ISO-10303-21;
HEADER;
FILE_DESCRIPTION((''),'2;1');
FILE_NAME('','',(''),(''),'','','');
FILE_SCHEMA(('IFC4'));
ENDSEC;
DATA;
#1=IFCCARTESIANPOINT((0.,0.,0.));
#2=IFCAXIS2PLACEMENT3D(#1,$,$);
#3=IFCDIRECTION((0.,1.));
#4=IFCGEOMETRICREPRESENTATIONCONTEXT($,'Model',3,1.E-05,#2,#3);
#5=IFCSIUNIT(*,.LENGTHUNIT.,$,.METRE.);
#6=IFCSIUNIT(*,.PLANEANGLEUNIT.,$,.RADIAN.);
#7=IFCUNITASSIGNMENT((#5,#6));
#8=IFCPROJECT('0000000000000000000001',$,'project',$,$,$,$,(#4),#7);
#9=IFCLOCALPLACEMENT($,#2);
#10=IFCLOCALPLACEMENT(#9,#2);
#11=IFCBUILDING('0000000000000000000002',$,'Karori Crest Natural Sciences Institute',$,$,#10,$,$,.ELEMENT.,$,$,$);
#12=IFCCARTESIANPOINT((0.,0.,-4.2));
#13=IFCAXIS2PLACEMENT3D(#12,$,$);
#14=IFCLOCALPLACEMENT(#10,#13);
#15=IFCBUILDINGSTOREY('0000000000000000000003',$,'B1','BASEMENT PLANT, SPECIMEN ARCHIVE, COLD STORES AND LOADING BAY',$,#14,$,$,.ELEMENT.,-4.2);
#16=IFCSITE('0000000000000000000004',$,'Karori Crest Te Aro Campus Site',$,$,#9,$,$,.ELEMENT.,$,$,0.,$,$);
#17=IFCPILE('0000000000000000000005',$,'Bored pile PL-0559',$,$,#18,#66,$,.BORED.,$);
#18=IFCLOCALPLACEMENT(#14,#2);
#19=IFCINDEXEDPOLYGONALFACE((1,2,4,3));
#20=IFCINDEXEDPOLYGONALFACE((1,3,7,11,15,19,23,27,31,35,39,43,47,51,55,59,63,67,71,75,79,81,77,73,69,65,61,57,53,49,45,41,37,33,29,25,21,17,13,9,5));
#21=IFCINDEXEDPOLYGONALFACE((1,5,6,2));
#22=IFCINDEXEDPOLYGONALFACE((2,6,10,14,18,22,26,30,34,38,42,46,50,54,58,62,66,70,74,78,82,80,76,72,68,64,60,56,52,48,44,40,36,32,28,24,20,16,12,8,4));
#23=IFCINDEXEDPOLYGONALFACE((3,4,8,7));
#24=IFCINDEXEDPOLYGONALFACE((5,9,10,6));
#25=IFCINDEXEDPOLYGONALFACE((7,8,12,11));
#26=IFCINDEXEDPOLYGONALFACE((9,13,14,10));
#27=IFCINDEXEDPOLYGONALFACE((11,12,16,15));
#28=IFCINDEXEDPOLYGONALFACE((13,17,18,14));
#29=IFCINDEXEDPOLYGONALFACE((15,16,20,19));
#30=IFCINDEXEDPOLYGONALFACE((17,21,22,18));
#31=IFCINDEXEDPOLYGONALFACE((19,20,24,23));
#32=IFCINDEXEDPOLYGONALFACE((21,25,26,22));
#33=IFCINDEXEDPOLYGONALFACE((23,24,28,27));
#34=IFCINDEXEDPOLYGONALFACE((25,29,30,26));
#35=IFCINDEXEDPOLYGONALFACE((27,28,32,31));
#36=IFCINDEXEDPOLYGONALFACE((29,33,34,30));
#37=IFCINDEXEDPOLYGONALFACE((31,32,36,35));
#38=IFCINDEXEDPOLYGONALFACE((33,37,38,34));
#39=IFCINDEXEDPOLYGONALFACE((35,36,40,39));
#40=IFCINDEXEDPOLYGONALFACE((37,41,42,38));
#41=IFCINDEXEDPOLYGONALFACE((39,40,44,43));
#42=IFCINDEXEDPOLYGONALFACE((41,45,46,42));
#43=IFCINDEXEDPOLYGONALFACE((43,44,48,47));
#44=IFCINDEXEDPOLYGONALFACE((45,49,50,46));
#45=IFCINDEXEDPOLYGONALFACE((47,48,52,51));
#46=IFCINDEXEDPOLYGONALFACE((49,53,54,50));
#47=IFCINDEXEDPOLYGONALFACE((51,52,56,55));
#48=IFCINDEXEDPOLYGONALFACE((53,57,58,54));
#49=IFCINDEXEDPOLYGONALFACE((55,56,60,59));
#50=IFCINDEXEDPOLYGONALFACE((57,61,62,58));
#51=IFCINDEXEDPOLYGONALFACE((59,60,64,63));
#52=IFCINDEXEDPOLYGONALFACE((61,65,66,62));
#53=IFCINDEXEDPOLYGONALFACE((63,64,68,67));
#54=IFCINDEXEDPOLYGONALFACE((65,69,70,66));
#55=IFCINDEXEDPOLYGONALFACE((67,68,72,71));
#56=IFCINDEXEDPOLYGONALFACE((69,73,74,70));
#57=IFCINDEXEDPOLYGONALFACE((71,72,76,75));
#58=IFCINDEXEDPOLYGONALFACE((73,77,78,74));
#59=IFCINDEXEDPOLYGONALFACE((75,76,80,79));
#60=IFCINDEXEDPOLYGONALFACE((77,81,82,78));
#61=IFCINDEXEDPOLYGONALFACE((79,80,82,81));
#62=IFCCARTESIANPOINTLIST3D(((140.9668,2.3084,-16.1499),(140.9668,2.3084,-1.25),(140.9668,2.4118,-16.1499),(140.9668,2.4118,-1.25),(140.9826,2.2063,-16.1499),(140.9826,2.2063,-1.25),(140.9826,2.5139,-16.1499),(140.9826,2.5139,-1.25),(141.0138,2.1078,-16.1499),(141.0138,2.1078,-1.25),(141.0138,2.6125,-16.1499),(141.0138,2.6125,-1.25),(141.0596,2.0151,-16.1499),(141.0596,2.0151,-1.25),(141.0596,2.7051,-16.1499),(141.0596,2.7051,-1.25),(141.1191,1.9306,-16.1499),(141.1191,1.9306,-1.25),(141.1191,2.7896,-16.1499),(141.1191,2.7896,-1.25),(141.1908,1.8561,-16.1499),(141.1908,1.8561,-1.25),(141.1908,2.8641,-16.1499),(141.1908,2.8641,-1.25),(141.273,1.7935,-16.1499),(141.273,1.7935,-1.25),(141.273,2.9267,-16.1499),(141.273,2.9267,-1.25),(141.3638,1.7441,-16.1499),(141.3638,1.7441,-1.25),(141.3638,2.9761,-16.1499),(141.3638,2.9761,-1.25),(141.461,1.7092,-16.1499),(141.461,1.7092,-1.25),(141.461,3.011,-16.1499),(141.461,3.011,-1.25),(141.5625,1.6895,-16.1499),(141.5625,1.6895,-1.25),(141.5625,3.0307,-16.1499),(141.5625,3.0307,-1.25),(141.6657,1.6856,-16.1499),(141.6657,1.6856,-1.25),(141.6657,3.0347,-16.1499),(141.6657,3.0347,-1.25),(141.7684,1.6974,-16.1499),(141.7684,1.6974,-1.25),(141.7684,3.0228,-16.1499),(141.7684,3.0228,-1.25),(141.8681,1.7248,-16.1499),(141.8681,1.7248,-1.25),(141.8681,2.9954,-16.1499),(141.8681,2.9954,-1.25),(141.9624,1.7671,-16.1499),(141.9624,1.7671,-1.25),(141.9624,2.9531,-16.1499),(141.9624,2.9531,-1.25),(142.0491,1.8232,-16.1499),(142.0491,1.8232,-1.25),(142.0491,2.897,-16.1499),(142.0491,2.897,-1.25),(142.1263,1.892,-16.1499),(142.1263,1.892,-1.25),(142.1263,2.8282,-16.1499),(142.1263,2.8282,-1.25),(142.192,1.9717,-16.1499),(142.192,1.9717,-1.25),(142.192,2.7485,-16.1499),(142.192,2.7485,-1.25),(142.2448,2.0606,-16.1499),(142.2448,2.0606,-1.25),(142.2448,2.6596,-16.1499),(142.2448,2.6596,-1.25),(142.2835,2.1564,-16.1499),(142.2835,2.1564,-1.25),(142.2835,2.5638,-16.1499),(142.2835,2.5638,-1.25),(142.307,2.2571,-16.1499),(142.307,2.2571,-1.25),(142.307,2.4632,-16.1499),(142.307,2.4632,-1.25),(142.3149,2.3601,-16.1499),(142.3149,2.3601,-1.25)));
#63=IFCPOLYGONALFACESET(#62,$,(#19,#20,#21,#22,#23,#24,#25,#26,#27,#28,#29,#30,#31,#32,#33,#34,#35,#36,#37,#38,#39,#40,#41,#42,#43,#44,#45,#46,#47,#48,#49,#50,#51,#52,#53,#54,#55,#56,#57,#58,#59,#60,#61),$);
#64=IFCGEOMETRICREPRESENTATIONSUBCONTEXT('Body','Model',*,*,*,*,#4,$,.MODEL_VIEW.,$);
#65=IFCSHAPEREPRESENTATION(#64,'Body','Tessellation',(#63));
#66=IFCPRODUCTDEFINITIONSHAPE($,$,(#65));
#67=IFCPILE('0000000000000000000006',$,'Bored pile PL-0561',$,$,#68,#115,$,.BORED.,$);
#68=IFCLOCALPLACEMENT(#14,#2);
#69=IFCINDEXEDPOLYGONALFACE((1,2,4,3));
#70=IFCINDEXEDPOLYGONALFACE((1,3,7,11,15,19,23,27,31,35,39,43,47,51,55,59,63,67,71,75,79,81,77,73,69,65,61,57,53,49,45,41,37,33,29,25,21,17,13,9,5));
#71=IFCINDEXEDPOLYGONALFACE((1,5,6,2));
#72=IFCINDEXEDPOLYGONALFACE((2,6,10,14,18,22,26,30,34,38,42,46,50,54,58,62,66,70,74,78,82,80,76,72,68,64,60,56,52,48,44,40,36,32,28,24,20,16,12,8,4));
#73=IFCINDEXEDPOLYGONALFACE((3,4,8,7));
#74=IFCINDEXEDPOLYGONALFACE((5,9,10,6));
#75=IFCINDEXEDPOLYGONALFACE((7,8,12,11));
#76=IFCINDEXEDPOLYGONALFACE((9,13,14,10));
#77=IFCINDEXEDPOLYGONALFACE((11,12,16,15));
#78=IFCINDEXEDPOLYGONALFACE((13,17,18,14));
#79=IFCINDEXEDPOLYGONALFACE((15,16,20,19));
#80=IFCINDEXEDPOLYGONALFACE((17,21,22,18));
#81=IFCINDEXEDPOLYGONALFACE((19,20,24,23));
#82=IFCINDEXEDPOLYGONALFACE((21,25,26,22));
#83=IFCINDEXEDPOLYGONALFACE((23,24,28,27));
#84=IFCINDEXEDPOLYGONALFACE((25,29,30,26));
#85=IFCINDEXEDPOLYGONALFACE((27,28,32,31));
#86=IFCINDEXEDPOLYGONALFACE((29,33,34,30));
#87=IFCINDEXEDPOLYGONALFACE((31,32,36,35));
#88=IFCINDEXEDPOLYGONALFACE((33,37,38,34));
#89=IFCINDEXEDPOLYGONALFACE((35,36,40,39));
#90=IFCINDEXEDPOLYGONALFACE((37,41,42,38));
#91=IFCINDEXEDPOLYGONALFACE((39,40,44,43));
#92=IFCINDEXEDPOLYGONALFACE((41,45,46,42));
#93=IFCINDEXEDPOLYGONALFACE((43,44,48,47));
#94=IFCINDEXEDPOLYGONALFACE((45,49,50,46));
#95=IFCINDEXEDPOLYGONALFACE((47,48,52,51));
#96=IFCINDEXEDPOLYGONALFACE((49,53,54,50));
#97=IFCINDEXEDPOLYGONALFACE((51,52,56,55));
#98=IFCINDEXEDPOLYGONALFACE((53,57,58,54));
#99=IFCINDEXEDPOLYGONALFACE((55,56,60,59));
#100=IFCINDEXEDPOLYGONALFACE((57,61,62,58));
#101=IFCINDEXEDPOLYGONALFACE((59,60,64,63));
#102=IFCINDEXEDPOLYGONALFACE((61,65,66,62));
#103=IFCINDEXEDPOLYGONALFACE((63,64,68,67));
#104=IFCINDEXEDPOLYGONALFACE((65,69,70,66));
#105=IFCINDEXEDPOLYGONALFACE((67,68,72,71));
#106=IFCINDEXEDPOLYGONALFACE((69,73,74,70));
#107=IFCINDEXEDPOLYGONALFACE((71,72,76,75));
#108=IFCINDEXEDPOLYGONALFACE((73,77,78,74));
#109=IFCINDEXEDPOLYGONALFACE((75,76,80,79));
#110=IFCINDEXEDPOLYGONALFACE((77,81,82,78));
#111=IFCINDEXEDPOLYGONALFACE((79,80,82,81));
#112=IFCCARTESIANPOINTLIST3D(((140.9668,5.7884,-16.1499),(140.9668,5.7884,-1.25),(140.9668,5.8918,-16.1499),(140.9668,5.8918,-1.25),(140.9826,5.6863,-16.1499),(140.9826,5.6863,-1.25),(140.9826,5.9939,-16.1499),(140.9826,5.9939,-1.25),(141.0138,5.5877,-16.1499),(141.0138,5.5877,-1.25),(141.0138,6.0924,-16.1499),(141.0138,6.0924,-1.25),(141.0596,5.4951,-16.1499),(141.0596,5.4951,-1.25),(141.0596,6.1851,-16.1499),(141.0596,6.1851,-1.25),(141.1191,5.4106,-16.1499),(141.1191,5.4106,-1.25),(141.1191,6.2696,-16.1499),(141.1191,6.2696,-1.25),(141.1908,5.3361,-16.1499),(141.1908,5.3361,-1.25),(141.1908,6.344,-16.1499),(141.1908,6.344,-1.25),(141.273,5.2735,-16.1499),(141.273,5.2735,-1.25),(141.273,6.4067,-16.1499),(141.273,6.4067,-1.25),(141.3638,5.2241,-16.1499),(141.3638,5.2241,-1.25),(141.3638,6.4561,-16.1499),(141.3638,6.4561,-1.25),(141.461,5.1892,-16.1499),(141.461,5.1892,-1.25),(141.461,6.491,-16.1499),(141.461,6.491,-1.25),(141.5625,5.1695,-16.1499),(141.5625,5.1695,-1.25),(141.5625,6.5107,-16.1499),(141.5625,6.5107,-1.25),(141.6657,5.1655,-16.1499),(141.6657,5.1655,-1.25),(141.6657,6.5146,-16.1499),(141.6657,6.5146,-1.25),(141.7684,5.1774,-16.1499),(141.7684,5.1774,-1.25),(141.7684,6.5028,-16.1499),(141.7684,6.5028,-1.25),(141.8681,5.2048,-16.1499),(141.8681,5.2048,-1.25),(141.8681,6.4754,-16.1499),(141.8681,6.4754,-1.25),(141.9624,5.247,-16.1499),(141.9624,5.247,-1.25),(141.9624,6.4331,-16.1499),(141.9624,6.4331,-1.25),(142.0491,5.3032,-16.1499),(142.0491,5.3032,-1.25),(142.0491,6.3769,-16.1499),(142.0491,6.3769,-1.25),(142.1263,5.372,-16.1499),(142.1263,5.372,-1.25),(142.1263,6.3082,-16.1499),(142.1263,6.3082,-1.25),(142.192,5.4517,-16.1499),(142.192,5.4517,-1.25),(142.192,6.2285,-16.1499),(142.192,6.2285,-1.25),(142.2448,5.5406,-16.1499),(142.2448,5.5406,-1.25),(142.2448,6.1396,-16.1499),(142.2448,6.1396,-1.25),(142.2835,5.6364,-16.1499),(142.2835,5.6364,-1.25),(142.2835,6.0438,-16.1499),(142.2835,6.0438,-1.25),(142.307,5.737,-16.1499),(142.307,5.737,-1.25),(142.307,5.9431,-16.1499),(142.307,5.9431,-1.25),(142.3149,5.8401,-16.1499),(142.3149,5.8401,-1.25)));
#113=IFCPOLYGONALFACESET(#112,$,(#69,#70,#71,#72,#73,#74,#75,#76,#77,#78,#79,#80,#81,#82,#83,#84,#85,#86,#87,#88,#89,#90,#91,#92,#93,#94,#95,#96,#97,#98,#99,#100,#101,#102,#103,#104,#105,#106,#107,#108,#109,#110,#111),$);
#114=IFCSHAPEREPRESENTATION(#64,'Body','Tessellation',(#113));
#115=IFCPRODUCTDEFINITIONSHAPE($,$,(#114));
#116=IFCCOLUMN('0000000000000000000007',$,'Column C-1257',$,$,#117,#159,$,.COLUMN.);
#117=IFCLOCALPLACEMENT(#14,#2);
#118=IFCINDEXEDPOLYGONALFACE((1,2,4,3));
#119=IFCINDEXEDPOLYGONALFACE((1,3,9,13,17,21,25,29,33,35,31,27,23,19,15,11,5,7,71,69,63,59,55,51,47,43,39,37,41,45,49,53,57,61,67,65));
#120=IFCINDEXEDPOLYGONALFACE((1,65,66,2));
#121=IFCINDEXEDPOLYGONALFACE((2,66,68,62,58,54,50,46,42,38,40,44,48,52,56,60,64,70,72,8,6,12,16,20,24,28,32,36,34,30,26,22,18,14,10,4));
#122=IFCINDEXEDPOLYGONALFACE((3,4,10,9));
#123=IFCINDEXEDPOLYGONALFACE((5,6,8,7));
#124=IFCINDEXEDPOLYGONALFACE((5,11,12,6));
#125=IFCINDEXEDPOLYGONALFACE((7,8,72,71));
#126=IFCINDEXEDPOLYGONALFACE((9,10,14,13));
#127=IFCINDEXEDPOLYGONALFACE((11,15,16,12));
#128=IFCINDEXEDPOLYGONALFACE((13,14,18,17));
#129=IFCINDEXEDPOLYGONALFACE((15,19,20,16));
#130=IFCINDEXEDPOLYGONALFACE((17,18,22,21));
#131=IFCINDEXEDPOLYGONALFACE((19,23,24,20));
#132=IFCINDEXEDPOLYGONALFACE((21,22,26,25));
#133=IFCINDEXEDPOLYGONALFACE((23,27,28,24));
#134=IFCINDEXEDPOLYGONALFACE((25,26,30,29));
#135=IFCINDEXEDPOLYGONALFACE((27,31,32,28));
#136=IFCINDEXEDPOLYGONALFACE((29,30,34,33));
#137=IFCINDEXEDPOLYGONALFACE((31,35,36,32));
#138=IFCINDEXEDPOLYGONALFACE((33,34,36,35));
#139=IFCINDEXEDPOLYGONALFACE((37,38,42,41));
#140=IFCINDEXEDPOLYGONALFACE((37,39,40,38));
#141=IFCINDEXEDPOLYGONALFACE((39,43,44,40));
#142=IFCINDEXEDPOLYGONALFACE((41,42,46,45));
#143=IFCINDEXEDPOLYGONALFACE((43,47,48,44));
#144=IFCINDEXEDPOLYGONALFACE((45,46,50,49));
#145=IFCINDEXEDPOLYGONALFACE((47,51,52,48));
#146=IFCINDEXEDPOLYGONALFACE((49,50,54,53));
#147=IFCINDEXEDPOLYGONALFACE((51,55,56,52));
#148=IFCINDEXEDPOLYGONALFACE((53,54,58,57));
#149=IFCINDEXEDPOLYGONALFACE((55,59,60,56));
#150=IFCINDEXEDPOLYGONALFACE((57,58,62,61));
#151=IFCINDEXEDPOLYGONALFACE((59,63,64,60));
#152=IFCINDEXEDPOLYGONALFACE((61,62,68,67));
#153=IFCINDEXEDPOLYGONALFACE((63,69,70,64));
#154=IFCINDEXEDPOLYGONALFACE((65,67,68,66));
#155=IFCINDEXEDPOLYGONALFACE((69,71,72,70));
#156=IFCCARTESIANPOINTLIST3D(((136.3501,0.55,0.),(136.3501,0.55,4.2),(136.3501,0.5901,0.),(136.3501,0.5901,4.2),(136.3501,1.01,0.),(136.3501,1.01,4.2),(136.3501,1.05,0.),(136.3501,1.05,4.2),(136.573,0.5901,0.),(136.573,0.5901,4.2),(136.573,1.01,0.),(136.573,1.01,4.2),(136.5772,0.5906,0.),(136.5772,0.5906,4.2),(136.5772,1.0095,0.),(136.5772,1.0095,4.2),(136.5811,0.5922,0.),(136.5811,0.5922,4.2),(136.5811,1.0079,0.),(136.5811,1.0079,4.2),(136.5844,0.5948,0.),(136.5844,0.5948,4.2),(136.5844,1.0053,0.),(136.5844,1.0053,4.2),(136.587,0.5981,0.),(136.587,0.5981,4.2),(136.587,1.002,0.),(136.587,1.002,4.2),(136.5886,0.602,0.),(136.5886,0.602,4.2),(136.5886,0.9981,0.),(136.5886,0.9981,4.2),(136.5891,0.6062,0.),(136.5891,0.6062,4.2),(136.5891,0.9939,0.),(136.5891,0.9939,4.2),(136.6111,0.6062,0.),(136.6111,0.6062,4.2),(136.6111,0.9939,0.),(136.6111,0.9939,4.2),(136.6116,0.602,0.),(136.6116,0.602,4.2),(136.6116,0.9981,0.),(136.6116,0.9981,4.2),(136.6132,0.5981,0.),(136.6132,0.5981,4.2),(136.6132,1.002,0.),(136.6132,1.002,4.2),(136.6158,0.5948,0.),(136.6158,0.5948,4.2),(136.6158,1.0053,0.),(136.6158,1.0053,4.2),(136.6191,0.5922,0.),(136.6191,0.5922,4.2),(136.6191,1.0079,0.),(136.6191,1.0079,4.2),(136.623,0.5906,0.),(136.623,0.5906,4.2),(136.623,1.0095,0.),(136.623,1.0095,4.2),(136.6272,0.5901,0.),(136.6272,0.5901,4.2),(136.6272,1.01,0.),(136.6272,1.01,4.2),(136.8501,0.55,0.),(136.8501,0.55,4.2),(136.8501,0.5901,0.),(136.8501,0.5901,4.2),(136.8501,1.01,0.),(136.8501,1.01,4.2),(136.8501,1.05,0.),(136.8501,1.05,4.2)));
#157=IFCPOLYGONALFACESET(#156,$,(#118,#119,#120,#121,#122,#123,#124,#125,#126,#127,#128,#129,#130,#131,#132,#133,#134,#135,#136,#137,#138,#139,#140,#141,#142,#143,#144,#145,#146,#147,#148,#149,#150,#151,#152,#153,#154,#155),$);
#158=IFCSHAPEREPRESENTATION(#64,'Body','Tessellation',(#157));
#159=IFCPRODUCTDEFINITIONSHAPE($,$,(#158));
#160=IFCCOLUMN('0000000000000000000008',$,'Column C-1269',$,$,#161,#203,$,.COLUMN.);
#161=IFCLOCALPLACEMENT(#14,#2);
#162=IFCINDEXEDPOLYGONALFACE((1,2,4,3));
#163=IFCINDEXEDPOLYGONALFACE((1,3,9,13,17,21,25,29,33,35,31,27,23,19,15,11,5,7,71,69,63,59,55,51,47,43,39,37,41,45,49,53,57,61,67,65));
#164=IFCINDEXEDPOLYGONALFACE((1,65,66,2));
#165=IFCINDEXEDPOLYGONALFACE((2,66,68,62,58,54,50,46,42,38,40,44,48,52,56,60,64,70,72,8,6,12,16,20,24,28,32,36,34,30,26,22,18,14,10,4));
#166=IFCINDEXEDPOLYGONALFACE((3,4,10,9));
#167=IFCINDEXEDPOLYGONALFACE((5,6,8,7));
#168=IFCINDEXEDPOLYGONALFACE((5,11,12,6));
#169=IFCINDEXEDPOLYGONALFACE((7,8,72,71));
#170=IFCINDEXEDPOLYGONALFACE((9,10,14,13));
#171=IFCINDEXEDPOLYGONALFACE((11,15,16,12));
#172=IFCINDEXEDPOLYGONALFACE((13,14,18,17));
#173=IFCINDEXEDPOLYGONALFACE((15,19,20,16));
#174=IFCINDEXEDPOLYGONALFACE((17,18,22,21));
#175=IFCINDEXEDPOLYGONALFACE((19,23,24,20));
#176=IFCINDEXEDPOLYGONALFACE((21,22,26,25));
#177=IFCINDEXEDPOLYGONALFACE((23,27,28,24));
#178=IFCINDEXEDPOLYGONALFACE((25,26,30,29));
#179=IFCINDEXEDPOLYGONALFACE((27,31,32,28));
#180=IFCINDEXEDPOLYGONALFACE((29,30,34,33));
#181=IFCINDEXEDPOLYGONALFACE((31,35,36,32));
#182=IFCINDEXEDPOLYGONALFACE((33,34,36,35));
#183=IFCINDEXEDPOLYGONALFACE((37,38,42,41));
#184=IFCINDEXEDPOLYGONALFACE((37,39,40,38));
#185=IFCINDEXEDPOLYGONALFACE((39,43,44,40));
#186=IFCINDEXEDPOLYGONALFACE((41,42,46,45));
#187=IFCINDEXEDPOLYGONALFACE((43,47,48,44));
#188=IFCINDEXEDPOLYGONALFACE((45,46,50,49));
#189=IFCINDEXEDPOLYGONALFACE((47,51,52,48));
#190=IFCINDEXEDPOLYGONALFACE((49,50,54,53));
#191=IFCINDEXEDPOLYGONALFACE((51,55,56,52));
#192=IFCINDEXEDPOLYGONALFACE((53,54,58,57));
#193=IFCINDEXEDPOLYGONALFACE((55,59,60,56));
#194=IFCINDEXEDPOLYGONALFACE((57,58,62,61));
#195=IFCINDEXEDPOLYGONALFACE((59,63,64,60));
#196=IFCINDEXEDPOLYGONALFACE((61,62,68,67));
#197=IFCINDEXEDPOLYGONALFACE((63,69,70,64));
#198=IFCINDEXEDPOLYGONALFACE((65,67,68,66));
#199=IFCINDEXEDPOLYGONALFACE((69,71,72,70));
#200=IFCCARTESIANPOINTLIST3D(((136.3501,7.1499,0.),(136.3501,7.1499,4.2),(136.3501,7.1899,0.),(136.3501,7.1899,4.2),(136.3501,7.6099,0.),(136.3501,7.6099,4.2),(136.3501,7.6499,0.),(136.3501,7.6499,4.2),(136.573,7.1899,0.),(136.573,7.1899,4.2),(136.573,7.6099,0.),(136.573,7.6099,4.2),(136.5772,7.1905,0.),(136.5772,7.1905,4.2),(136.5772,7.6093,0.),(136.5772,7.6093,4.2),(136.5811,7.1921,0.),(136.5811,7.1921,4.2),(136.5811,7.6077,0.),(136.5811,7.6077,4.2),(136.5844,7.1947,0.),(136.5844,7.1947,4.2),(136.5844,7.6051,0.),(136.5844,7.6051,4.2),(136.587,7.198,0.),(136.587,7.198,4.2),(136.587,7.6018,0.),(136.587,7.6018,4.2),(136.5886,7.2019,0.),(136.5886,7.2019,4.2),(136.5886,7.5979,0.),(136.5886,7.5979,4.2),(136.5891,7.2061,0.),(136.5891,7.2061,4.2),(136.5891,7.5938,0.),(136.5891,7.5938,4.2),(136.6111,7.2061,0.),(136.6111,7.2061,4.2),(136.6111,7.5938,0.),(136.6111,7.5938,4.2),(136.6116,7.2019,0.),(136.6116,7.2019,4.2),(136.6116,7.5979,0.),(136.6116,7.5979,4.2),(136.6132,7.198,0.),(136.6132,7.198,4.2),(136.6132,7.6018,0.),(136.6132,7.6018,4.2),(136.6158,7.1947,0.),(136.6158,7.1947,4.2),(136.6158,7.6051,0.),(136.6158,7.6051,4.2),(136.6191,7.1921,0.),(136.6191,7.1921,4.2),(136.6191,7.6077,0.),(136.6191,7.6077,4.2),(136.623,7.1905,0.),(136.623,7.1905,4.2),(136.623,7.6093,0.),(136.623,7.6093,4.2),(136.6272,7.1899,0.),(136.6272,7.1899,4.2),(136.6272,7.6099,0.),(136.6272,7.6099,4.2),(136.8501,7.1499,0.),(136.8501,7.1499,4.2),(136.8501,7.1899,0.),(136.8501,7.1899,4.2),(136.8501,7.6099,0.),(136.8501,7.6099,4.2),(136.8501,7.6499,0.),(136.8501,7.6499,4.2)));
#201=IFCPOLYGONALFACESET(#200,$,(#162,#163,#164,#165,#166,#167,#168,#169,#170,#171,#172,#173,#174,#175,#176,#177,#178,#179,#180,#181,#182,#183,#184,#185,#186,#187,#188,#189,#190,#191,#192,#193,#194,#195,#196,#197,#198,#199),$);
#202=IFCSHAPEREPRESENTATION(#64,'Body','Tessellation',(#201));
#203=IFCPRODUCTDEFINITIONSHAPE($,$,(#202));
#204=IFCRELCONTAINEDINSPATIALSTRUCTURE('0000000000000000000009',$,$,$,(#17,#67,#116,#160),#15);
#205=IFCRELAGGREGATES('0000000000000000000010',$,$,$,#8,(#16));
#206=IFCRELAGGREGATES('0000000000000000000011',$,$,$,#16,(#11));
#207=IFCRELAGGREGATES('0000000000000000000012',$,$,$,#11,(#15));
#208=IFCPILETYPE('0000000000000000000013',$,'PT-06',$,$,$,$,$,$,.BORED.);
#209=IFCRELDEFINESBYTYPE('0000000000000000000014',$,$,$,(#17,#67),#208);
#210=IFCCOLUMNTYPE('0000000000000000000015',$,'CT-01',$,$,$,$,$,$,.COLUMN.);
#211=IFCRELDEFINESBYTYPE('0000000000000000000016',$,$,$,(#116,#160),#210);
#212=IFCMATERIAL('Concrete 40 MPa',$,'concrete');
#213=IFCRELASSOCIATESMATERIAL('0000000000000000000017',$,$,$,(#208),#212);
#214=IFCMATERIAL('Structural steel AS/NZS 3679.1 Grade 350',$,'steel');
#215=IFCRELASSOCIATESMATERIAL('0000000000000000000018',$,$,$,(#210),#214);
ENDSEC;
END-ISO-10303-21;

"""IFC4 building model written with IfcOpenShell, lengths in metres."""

from ifc_helpers import new_model, si_unit, direction, frame, origin, origin_2d, place, context, subcontext, project, spatial, circle, i_section, extrude, material, material_profile, profile_set, type_object, element, save


model = new_model("IFC4")

# Units and contexts
model_context = context("Model", 3, precision=1e-05, world=origin(), true_north=direction((0.0, 1.0)))
body_context = subcontext(model_context, "Body", "Model", "MODEL_VIEW")
ifc_project = project(units=[si_unit("LENGTHUNIT", "METRE"), si_unit("PLANEANGLEUNIT", "RADIAN")], contexts=[model_context])

# Site, building, storey
site_placement = place(None, origin())
site = spatial("IfcSite", under=ifc_project, at=site_placement, Name="Karori Crest Te Aro Campus Site", CompositionType="ELEMENT", RefElevation=0.0)
building_placement = place(site_placement, origin())
building = spatial("IfcBuilding", under=site, at=building_placement, Name="Karori Crest Natural Sciences Institute", CompositionType="ELEMENT")
storey_placement = place(building_placement, frame((0.0, 0.0, -4.2)))
storey = spatial("IfcBuildingStorey", under=building, at=storey_placement, Name="B1", Description="BASEMENT PLANT, SPECIMEN ARCHIVE, COLD STORES AND LOADING BAY", CompositionType="ELEMENT", Elevation=-4.2)

# Shared definitions
ifc_material_1 = material(Name="Concrete 40 MPa", Category="concrete")

# Piles
ifc_material_profile_1 = material_profile(ifc_material_1, circle(Radius=0.675, at=origin_2d()), Name="PILE1350")
ifc_profile_set_1 = profile_set([ifc_material_profile_1], Name="Concrete 40 MPa")
pile_type = type_object("IfcPileType", Name="PT-06", PredefinedType="BORED", material=ifc_profile_set_1)
for number, where, z_axis, x_axis, name in (
    (1, (141.6399, 2.3601, -1.25), (0.0, 0.0, -1.0), (1.0, 0.0, 0.0), "Bored pile PL-0559"),
    (2, (141.6399, 5.8401, -1.25), (0.0, 0.0, -1.0), (1.0, 0.0, 0.0), "Bored pile PL-0561"),
):
    element("IfcPile", number, at=place(storey_placement, frame(where, z_axis=z_axis, x_axis=x_axis)), inside=storey, type_object=pile_type, Name=name, PredefinedType="BORED", context=body_context, shape_type="SweptSolid", body=[
        extrude(circle(Radius=0.675, at=origin_2d()), origin(), (0.0, 0.0, 1.0), 14.8999),
    ])

# Columns
ifc_material_2 = material(Name="Structural steel AS/NZS 3679.1 Grade 350", Category="steel")
ifc_material_profile_2 = material_profile(ifc_material_2, i_section(OverallWidth=0.5, OverallDepth=0.5, WebThickness=0.022, FlangeThickness=0.04, FilletRadius=0.0161, at=origin_2d()), Name="500WC440")
ifc_profile_set_2 = profile_set([ifc_material_profile_2], Name="Structural steel AS/NZS 3679.1 Grade 350")
column_type = type_object("IfcColumnType", Name="CT-01", PredefinedType="COLUMN", material=ifc_profile_set_2)
for number, where, z_axis, x_axis, name in (
    (3, (136.6001, 0.8, 0.0), (0.0, 0.0, 1.0), (1.0, 0.0, 0.0), "Column C-1257"),
    (4, (136.6001, 7.3999, 0.0), (0.0, 0.0, 1.0), (1.0, 0.0, 0.0), "Column C-1269"),
):
    element("IfcColumn", number, at=place(storey_placement, frame(where, z_axis=z_axis, x_axis=x_axis)), inside=storey, type_object=column_type, Name=name, PredefinedType="COLUMN", context=body_context, shape_type="SweptSolid", body=[
        extrude(i_section(OverallWidth=0.5, OverallDepth=0.5, WebThickness=0.022, FlangeThickness=0.04, FilletRadius=0.0161, at=origin_2d()), origin(), (0.0, 0.0, 1.0), 4.2),
    ])

save(model, "model.ifc")
